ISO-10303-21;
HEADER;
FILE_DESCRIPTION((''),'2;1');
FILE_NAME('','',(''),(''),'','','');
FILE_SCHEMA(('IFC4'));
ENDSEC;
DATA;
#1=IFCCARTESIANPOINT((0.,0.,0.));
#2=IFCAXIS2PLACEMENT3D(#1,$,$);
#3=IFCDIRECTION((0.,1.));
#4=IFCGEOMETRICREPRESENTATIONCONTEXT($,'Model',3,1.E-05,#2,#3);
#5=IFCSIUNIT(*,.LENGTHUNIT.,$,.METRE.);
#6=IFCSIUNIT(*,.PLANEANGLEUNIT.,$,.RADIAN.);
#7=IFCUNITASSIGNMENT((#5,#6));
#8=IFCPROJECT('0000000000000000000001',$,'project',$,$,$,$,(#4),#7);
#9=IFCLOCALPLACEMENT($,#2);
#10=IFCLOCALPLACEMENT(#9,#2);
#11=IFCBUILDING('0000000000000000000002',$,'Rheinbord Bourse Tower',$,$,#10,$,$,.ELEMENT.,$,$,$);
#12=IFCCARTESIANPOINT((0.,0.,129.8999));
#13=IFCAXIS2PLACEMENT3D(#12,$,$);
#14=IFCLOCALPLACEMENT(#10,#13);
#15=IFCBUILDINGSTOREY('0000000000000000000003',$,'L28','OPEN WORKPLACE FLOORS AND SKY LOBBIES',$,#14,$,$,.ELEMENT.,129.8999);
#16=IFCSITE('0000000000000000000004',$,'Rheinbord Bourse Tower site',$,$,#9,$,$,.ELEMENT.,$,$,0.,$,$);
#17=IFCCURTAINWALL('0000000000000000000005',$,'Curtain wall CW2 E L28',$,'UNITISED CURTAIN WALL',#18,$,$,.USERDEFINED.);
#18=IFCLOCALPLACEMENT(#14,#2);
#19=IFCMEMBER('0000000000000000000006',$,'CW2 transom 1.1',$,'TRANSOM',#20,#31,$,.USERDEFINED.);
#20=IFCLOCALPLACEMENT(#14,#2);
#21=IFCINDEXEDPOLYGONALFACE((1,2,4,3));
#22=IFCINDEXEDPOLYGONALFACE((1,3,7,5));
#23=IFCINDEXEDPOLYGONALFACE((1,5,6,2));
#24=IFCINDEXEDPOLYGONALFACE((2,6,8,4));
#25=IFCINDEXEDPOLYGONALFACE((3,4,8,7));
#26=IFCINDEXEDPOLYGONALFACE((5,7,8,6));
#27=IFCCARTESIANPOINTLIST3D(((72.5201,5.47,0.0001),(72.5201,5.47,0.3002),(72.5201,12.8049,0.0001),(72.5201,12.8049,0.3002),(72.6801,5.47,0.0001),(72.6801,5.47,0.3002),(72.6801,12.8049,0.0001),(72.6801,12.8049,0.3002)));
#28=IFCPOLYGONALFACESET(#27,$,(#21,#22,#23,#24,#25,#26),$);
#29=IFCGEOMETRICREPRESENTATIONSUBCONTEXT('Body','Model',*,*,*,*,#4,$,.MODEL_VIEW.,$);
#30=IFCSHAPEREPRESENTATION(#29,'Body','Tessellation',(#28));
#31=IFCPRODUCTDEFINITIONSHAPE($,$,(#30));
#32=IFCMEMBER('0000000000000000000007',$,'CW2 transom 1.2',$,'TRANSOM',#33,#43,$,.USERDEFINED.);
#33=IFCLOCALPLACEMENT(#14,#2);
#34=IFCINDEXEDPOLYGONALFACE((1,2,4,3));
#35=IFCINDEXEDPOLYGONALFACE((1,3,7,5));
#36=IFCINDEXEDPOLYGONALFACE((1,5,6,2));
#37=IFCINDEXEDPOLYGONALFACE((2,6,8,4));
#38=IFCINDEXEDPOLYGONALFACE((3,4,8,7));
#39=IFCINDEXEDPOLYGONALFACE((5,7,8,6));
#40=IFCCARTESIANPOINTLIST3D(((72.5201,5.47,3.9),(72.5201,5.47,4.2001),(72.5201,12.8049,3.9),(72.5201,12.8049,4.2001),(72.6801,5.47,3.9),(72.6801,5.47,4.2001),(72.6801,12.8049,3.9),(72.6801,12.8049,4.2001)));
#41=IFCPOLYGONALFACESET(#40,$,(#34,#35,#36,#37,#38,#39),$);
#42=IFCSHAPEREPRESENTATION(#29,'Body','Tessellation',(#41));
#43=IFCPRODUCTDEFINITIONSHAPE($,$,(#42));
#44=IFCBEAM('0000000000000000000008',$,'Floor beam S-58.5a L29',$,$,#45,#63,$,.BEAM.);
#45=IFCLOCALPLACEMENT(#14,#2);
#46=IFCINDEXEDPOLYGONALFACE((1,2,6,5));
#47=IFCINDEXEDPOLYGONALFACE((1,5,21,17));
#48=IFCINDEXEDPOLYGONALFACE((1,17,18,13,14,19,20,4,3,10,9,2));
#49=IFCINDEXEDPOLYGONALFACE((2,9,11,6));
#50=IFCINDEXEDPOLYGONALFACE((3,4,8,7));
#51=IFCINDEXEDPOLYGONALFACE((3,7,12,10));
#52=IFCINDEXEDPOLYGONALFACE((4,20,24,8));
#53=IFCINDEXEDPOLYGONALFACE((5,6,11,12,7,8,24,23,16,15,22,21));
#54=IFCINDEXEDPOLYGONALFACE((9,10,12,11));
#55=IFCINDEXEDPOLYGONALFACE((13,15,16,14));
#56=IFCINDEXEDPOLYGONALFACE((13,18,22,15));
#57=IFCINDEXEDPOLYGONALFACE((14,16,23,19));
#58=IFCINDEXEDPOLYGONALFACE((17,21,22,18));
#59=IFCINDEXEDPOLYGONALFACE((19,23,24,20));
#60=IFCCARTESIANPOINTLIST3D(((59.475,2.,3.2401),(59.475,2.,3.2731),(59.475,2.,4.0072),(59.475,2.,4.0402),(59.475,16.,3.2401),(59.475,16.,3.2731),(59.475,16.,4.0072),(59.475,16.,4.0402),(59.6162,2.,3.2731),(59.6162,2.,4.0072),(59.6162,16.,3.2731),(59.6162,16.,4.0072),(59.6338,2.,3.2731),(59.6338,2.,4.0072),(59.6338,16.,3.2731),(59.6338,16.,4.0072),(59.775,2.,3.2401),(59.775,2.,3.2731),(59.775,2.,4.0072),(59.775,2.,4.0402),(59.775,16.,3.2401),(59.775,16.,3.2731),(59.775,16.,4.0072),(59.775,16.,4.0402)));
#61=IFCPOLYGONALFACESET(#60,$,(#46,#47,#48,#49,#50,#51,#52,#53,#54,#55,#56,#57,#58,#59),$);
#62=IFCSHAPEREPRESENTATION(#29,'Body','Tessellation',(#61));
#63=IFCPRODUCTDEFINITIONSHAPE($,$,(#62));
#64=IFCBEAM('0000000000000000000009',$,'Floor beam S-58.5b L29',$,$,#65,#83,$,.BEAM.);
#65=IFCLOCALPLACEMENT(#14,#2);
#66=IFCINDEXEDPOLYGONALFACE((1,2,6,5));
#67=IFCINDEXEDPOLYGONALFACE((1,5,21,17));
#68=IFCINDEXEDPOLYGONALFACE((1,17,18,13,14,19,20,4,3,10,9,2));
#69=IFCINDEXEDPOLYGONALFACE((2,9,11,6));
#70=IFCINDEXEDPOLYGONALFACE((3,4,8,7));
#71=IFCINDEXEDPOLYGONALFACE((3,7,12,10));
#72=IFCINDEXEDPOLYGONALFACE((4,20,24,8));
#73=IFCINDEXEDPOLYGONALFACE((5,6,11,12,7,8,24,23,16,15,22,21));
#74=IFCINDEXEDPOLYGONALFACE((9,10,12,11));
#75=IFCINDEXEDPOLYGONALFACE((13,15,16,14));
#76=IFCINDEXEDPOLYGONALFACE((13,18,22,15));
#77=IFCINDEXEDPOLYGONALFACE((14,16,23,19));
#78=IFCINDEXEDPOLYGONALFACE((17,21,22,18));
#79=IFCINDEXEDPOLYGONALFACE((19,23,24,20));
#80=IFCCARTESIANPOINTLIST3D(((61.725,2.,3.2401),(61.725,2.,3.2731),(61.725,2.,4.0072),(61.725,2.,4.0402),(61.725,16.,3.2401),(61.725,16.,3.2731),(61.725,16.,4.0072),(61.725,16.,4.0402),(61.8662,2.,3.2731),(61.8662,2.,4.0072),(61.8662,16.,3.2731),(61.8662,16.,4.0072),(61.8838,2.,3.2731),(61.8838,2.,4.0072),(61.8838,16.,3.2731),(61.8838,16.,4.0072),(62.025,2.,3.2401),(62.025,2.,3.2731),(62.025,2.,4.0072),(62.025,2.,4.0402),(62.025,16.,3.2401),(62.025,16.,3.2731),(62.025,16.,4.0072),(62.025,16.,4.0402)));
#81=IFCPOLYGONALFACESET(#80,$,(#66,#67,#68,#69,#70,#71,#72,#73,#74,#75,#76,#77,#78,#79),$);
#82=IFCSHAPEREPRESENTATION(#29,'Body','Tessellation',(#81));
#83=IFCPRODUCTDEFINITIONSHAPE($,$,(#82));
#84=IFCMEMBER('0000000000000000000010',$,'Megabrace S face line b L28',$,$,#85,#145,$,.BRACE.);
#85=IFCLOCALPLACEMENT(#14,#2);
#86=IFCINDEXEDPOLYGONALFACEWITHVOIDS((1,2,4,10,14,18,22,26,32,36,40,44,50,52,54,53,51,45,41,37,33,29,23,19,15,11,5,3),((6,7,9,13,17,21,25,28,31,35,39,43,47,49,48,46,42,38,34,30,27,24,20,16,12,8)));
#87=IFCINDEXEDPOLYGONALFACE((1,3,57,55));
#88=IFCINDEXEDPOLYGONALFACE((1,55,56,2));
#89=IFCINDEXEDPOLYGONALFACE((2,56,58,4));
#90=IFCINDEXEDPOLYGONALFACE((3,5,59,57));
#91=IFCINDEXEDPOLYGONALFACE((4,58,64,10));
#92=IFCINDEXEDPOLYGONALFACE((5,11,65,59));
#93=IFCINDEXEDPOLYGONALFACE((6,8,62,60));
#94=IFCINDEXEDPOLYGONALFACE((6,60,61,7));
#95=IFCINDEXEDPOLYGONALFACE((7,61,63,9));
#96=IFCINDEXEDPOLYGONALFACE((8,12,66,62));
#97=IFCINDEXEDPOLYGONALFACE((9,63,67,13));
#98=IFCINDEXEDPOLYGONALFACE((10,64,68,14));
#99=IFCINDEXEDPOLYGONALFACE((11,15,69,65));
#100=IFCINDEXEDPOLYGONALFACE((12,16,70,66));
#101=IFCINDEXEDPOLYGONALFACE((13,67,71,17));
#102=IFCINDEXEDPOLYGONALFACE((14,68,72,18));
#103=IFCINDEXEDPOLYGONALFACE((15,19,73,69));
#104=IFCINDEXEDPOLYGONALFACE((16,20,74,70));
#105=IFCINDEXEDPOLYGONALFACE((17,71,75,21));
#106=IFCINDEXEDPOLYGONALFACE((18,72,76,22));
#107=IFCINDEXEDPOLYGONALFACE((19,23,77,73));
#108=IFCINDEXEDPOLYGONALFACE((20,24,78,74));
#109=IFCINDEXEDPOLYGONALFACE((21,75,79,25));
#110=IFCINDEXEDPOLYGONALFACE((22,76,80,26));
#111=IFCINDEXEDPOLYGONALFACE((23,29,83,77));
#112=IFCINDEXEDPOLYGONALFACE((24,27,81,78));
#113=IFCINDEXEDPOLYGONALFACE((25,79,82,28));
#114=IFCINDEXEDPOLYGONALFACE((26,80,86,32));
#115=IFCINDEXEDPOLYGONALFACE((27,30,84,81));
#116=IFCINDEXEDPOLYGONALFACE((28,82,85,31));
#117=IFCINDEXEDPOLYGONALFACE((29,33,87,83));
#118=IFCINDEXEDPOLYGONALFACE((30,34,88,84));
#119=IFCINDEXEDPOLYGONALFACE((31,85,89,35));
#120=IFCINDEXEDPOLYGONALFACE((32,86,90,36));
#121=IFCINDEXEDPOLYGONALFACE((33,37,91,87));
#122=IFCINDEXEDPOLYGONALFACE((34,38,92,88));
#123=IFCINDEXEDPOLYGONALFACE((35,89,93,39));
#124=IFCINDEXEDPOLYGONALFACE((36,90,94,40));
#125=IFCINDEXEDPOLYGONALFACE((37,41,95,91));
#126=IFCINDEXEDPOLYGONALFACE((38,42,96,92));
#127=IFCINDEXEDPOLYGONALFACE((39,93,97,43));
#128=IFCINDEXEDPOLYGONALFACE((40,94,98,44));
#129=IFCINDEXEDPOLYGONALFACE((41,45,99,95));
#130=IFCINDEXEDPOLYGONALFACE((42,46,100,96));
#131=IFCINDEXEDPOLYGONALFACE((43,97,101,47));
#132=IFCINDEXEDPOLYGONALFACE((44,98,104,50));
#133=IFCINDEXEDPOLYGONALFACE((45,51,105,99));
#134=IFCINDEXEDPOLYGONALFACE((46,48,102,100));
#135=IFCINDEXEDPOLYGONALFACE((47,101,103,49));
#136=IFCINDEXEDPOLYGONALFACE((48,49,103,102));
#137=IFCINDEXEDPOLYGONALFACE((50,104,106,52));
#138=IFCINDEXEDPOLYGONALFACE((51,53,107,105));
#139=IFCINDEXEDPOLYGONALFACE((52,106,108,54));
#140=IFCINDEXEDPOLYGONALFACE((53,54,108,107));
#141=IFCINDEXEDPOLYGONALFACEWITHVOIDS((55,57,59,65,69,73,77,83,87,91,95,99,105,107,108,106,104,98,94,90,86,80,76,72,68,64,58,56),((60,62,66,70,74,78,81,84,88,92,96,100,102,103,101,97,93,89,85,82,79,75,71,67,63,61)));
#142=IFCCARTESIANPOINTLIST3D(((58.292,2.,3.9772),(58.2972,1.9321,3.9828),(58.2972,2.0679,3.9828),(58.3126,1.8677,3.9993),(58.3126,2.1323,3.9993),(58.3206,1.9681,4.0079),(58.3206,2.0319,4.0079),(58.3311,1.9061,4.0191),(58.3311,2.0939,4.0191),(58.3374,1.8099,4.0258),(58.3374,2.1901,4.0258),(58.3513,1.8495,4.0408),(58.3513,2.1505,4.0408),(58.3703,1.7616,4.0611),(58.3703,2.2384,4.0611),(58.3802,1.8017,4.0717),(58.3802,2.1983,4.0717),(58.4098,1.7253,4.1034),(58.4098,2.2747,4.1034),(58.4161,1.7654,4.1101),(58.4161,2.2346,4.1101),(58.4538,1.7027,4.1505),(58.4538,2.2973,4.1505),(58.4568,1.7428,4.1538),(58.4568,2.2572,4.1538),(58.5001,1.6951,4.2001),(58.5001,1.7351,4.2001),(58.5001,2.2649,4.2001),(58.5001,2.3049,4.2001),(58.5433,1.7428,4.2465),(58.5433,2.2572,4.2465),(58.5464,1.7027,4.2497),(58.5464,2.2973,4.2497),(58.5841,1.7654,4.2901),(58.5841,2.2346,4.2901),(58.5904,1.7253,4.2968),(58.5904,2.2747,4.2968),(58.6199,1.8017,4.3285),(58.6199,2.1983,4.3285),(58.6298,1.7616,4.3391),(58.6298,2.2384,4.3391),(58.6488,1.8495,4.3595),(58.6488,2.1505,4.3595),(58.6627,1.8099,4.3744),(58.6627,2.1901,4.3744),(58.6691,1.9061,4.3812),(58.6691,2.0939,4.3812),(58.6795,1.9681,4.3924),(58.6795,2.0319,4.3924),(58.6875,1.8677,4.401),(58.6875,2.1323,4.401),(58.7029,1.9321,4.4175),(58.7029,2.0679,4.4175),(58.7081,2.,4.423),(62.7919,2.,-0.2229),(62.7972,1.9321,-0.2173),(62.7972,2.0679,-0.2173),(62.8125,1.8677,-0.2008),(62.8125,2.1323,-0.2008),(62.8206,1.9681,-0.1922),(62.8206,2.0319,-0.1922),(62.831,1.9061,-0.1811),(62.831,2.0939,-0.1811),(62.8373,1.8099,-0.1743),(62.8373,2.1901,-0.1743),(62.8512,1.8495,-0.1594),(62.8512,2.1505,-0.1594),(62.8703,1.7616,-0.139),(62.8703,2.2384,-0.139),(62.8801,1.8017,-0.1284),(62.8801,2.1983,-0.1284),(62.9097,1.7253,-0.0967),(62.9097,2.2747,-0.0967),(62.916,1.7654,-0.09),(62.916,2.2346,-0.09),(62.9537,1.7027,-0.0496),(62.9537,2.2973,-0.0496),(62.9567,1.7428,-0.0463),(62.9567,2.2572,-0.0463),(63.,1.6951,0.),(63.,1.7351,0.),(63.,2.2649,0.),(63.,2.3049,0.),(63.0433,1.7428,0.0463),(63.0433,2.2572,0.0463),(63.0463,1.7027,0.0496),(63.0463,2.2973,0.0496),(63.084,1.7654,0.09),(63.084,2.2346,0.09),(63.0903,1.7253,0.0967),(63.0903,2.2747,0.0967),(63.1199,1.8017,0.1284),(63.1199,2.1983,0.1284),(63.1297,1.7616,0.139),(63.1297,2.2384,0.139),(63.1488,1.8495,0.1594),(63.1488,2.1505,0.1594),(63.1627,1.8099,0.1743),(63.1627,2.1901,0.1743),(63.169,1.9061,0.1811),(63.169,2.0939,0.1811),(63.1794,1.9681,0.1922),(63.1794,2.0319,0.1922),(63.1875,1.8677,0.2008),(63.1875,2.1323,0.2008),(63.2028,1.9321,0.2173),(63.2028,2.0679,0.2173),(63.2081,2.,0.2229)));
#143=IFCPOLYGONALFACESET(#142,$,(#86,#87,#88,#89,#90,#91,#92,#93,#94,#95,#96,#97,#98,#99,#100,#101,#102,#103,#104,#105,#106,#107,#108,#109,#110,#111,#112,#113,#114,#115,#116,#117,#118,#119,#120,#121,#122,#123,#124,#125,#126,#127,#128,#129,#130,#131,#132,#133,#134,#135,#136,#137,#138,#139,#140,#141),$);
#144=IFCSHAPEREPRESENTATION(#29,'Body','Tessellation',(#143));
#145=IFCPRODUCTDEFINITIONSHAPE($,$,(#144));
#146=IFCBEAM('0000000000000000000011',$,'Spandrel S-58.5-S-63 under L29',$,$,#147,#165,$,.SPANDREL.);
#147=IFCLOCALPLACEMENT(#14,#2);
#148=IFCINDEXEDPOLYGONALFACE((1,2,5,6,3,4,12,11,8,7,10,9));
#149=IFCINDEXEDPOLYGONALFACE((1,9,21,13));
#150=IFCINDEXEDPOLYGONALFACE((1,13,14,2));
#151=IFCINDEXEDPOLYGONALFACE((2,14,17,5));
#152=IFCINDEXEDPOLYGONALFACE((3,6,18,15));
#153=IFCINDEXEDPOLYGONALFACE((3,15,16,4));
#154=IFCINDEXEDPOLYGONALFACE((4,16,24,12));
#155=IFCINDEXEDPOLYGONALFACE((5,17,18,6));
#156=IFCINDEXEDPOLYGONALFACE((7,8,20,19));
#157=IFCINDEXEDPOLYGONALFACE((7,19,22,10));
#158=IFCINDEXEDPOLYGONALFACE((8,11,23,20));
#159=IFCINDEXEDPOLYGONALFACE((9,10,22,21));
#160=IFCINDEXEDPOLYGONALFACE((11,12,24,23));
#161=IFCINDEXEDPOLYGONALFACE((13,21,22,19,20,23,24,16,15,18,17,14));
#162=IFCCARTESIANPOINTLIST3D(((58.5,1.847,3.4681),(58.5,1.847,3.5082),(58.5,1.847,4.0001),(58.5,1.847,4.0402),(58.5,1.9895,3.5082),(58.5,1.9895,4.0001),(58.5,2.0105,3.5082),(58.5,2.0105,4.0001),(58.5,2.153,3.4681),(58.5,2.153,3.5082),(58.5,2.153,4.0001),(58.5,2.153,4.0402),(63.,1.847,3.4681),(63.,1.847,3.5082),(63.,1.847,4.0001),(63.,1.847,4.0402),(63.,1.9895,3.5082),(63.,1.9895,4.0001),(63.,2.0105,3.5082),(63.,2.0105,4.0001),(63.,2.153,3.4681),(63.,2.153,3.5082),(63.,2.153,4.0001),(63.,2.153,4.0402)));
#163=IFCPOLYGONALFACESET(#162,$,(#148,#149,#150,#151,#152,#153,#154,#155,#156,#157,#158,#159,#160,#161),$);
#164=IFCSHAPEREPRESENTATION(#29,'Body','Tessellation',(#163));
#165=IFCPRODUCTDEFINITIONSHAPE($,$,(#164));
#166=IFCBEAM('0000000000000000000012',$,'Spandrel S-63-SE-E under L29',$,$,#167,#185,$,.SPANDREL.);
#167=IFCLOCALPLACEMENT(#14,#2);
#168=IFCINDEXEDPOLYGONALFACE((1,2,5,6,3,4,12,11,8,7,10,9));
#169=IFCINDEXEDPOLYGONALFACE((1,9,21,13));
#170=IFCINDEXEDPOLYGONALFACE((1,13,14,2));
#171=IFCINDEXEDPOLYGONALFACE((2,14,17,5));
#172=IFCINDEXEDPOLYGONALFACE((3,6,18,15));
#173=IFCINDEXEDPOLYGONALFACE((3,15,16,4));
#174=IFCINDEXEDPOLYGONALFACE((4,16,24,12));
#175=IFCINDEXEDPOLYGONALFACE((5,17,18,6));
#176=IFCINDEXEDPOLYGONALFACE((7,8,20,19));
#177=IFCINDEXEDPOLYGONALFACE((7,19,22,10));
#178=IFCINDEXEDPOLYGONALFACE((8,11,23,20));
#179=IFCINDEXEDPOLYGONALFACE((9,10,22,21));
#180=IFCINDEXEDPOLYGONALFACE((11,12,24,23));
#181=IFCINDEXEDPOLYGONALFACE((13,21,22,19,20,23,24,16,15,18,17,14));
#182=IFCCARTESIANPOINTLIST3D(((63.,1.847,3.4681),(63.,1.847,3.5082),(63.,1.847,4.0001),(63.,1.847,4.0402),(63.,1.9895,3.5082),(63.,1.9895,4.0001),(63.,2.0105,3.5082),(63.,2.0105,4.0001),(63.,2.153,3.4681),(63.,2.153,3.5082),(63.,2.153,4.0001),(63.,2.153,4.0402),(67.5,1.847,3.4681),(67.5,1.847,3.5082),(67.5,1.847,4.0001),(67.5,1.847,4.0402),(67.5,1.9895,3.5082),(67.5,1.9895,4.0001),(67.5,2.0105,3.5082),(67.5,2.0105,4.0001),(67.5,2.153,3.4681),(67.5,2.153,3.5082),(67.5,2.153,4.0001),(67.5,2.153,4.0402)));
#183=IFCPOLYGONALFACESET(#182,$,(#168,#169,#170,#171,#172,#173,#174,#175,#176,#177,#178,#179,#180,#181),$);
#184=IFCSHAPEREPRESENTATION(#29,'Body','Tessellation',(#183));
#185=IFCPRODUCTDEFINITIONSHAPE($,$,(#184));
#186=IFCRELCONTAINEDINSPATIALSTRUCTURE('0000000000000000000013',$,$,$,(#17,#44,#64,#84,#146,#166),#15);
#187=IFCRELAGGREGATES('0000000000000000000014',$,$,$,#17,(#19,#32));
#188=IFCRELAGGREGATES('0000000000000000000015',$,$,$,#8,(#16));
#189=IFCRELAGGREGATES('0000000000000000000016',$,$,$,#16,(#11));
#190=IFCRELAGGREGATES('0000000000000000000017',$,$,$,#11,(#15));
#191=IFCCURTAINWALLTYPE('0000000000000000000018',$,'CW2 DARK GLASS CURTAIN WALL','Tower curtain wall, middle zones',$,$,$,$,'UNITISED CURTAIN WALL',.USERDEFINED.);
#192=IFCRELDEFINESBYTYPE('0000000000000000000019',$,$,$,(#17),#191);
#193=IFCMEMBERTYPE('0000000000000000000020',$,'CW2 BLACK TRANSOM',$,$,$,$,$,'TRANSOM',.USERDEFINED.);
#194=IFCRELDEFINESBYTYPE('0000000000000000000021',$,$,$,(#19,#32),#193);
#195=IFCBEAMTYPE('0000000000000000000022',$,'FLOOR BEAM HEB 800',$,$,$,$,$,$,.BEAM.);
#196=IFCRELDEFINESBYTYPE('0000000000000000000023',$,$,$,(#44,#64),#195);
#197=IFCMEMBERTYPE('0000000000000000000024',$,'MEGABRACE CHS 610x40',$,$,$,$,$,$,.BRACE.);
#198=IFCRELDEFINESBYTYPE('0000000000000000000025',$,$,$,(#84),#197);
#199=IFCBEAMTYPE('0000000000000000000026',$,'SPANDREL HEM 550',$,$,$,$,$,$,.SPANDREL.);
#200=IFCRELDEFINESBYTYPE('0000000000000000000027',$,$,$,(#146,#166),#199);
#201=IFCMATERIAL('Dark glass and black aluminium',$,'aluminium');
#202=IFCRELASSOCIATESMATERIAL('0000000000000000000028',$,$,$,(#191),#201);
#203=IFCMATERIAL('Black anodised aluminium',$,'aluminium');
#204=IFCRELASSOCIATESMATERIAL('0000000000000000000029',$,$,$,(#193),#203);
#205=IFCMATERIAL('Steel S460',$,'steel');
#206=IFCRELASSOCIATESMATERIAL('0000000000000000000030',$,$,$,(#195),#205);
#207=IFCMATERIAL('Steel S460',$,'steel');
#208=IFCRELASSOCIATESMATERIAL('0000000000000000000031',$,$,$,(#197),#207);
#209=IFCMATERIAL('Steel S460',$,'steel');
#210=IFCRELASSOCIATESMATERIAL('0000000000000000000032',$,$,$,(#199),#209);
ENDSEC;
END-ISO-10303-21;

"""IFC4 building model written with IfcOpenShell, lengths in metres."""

from ifc_helpers import new_model, si_unit, direction, frame, origin, origin_2d, place, context, subcontext, project, spatial, rectangle, hollow_circle, i_section, extrude, material, material_profile, profile_set, type_object, element, aggregate, save


model = new_model("IFC4")

# Units and contexts
model_context = context("Model", 3, precision=1e-05, world=origin(), true_north=direction((0.0, 1.0)))
body_context = subcontext(model_context, "Body", "Model", "MODEL_VIEW")
ifc_project = project(units=[si_unit("LENGTHUNIT", "METRE"), si_unit("PLANEANGLEUNIT", "RADIAN")], contexts=[model_context])

# Site, building, storey
site_placement = place(None, origin())
site = spatial("IfcSite", under=ifc_project, at=site_placement, Name="Rheinbord Bourse Tower site", CompositionType="ELEMENT", RefElevation=0.0)
building_placement = place(site_placement, origin())
building = spatial("IfcBuilding", under=site, at=building_placement, Name="Rheinbord Bourse Tower", CompositionType="ELEMENT")
storey_placement = place(building_placement, frame((0.0, 0.0, 129.8999)))
storey = spatial("IfcBuildingStorey", under=building, at=storey_placement, Name="L28", Description="OPEN WORKPLACE FLOORS AND SKY LOBBIES", CompositionType="ELEMENT", Elevation=129.8999)

# Shared definitions
ifc_material_1 = material(Name="Dark glass and black aluminium", Category="aluminium")
curtain_wall_type = type_object("IfcCurtainWallType", Name="CW2 DARK GLASS CURTAIN WALL", Description="Tower curtain wall, middle zones", ElementType="UNITISED CURTAIN WALL", PredefinedType="USERDEFINED", material=ifc_material_1)

# Curtain wall
curtain_wall_1_placement = place(storey_placement, origin())
curtain_wall_1 = element("IfcCurtainWall", 1, at=curtain_wall_1_placement, inside=storey, type_object=curtain_wall_type, Name="Curtain wall CW2 E L28", ObjectType="UNITISED CURTAIN WALL", PredefinedType="USERDEFINED")

# Members
ifc_material_2 = material(Name="Black anodised aluminium", Category="aluminium")
ifc_material_profile_1 = material_profile(ifc_material_2, rectangle(XDim=0.1599, YDim=0.3, at=origin_2d()), Name="CW2 TRANSOM 300x160")
ifc_profile_set_1 = profile_set([ifc_material_profile_1], Name="Black anodised aluminium")
member_type_1 = type_object("IfcMemberType", Name="CW2 BLACK TRANSOM", ElementType="TRANSOM", PredefinedType="USERDEFINED", material=ifc_profile_set_1)
member_1_placement = place(storey_placement, frame((72.6001, 5.47, 0.1501), z_axis=(0.0, 1.0, 0.0), x_axis=(-1.0, 0.0, 0.0)))
member_1 = element("IfcMember", 2, at=member_1_placement, type_object=member_type_1, Name="CW2 transom 1.1", ObjectType="TRANSOM", PredefinedType="USERDEFINED", context=body_context, shape_type="SweptSolid", body=[
    extrude(rectangle(XDim=0.1599, YDim=0.3, at=origin_2d()), origin(), (0.0, 0.0, 1.0), 7.335),
])
member_2_placement = place(storey_placement, frame((72.6001, 5.47, 4.05), z_axis=(0.0, 1.0, 0.0), x_axis=(-1.0, 0.0, 0.0)))
member_2 = element("IfcMember", 3, at=member_2_placement, type_object=member_type_1, Name="CW2 transom 1.2", ObjectType="TRANSOM", PredefinedType="USERDEFINED", context=body_context, shape_type="SweptSolid", body=[
    extrude(rectangle(XDim=0.1599, YDim=0.3, at=origin_2d()), origin(), (0.0, 0.0, 1.0), 7.335),
])

# Beams
ifc_material_3 = material(Name="Steel S460", Category="steel")
ifc_material_profile_2 = material_profile(ifc_material_3, i_section(OverallWidth=0.3, OverallDepth=0.8, WebThickness=0.0176, FlangeThickness=0.033, at=origin_2d()), Name="HEB 800")
ifc_profile_set_2 = profile_set([ifc_material_profile_2], Name="Steel S460")
beam_type_1 = type_object("IfcBeamType", Name="FLOOR BEAM HEB 800", PredefinedType="BEAM", material=ifc_profile_set_2)
for number, where, z_axis, x_axis, name in (
    (4, (59.625, 2.0, 3.6401), (0.0, 1.0, 0.0), (-1.0, 0.0, 0.0), "Floor beam S-58.5a L29"),
    (5, (61.875, 2.0, 3.6401), (0.0, 1.0, 0.0), (-1.0, 0.0, 0.0), "Floor beam S-58.5b L29"),
):
    element("IfcBeam", number, at=place(storey_placement, frame(where, z_axis=z_axis, x_axis=x_axis)), inside=storey, type_object=beam_type_1, Name=name, PredefinedType="BEAM", context=body_context, shape_type="SweptSolid", body=[
        extrude(i_section(OverallWidth=0.3, OverallDepth=0.8, WebThickness=0.0176, FlangeThickness=0.033, at=origin_2d()), origin(), (0.0, 0.0, 1.0), 14.0),
    ])

# Member
ifc_material_4 = material(Name="Steel S460", Category="steel")
ifc_material_profile_3 = material_profile(ifc_material_4, hollow_circle(Radius=0.3049, WallThickness=0.04, at=origin_2d()), Name="CHS 610x40")
ifc_profile_set_3 = profile_set([ifc_material_profile_3], Name="Steel S460")
member_type_2 = type_object("IfcMemberType", Name="MEGABRACE CHS 610x40", PredefinedType="BRACE", material=ifc_profile_set_3)
member_3_placement = place(storey_placement, frame((63.0, 2.0, 0.0), z_axis=(-0.731039, 0.0, 0.682335), x_axis=(0.0, -1.0, 0.0)))
element("IfcMember", 6, at=member_3_placement, inside=storey, type_object=member_type_2, Name="Megabrace S face line b L28", PredefinedType="BRACE", context=body_context, shape_type="SweptSolid", body=[
    extrude(hollow_circle(Radius=0.3049, WallThickness=0.04, at=origin_2d()), origin(), (0.0, 0.0, 1.0), 6.1555),
])

# Beams
ifc_material_5 = material(Name="Steel S460", Category="steel")
ifc_material_profile_4 = material_profile(ifc_material_5, i_section(OverallWidth=0.3059, OverallDepth=0.572, WebThickness=0.021, FlangeThickness=0.04, at=origin_2d()), Name="HEM 550")
ifc_profile_set_4 = profile_set([ifc_material_profile_4], Name="Steel S460")
beam_type_2 = type_object("IfcBeamType", Name="SPANDREL HEM 550", PredefinedType="SPANDREL", material=ifc_profile_set_4)
for number, where, z_axis, x_axis, name in (
    (7, (58.5, 2.0, 3.7542), (1.0, 0.0, 0.0), (0.0, 1.0, 0.0), "Spandrel S-58.5-S-63 under L29"),
    (8, (63.0, 2.0, 3.7542), (1.0, 0.0, 0.0), (0.0, 1.0, 0.0), "Spandrel S-63-SE-E under L29"),
):
    element("IfcBeam", number, at=place(storey_placement, frame(where, z_axis=z_axis, x_axis=x_axis)), inside=storey, type_object=beam_type_2, Name=name, PredefinedType="SPANDREL", context=body_context, shape_type="SweptSolid", body=[
        extrude(i_section(OverallWidth=0.3059, OverallDepth=0.572, WebThickness=0.021, FlangeThickness=0.04, at=origin_2d()), origin(), (0.0, 0.0, 1.0), 4.5),
    ])

aggregate(curtain_wall_1, [member_1, member_2])

save(model, "model.ifc")
